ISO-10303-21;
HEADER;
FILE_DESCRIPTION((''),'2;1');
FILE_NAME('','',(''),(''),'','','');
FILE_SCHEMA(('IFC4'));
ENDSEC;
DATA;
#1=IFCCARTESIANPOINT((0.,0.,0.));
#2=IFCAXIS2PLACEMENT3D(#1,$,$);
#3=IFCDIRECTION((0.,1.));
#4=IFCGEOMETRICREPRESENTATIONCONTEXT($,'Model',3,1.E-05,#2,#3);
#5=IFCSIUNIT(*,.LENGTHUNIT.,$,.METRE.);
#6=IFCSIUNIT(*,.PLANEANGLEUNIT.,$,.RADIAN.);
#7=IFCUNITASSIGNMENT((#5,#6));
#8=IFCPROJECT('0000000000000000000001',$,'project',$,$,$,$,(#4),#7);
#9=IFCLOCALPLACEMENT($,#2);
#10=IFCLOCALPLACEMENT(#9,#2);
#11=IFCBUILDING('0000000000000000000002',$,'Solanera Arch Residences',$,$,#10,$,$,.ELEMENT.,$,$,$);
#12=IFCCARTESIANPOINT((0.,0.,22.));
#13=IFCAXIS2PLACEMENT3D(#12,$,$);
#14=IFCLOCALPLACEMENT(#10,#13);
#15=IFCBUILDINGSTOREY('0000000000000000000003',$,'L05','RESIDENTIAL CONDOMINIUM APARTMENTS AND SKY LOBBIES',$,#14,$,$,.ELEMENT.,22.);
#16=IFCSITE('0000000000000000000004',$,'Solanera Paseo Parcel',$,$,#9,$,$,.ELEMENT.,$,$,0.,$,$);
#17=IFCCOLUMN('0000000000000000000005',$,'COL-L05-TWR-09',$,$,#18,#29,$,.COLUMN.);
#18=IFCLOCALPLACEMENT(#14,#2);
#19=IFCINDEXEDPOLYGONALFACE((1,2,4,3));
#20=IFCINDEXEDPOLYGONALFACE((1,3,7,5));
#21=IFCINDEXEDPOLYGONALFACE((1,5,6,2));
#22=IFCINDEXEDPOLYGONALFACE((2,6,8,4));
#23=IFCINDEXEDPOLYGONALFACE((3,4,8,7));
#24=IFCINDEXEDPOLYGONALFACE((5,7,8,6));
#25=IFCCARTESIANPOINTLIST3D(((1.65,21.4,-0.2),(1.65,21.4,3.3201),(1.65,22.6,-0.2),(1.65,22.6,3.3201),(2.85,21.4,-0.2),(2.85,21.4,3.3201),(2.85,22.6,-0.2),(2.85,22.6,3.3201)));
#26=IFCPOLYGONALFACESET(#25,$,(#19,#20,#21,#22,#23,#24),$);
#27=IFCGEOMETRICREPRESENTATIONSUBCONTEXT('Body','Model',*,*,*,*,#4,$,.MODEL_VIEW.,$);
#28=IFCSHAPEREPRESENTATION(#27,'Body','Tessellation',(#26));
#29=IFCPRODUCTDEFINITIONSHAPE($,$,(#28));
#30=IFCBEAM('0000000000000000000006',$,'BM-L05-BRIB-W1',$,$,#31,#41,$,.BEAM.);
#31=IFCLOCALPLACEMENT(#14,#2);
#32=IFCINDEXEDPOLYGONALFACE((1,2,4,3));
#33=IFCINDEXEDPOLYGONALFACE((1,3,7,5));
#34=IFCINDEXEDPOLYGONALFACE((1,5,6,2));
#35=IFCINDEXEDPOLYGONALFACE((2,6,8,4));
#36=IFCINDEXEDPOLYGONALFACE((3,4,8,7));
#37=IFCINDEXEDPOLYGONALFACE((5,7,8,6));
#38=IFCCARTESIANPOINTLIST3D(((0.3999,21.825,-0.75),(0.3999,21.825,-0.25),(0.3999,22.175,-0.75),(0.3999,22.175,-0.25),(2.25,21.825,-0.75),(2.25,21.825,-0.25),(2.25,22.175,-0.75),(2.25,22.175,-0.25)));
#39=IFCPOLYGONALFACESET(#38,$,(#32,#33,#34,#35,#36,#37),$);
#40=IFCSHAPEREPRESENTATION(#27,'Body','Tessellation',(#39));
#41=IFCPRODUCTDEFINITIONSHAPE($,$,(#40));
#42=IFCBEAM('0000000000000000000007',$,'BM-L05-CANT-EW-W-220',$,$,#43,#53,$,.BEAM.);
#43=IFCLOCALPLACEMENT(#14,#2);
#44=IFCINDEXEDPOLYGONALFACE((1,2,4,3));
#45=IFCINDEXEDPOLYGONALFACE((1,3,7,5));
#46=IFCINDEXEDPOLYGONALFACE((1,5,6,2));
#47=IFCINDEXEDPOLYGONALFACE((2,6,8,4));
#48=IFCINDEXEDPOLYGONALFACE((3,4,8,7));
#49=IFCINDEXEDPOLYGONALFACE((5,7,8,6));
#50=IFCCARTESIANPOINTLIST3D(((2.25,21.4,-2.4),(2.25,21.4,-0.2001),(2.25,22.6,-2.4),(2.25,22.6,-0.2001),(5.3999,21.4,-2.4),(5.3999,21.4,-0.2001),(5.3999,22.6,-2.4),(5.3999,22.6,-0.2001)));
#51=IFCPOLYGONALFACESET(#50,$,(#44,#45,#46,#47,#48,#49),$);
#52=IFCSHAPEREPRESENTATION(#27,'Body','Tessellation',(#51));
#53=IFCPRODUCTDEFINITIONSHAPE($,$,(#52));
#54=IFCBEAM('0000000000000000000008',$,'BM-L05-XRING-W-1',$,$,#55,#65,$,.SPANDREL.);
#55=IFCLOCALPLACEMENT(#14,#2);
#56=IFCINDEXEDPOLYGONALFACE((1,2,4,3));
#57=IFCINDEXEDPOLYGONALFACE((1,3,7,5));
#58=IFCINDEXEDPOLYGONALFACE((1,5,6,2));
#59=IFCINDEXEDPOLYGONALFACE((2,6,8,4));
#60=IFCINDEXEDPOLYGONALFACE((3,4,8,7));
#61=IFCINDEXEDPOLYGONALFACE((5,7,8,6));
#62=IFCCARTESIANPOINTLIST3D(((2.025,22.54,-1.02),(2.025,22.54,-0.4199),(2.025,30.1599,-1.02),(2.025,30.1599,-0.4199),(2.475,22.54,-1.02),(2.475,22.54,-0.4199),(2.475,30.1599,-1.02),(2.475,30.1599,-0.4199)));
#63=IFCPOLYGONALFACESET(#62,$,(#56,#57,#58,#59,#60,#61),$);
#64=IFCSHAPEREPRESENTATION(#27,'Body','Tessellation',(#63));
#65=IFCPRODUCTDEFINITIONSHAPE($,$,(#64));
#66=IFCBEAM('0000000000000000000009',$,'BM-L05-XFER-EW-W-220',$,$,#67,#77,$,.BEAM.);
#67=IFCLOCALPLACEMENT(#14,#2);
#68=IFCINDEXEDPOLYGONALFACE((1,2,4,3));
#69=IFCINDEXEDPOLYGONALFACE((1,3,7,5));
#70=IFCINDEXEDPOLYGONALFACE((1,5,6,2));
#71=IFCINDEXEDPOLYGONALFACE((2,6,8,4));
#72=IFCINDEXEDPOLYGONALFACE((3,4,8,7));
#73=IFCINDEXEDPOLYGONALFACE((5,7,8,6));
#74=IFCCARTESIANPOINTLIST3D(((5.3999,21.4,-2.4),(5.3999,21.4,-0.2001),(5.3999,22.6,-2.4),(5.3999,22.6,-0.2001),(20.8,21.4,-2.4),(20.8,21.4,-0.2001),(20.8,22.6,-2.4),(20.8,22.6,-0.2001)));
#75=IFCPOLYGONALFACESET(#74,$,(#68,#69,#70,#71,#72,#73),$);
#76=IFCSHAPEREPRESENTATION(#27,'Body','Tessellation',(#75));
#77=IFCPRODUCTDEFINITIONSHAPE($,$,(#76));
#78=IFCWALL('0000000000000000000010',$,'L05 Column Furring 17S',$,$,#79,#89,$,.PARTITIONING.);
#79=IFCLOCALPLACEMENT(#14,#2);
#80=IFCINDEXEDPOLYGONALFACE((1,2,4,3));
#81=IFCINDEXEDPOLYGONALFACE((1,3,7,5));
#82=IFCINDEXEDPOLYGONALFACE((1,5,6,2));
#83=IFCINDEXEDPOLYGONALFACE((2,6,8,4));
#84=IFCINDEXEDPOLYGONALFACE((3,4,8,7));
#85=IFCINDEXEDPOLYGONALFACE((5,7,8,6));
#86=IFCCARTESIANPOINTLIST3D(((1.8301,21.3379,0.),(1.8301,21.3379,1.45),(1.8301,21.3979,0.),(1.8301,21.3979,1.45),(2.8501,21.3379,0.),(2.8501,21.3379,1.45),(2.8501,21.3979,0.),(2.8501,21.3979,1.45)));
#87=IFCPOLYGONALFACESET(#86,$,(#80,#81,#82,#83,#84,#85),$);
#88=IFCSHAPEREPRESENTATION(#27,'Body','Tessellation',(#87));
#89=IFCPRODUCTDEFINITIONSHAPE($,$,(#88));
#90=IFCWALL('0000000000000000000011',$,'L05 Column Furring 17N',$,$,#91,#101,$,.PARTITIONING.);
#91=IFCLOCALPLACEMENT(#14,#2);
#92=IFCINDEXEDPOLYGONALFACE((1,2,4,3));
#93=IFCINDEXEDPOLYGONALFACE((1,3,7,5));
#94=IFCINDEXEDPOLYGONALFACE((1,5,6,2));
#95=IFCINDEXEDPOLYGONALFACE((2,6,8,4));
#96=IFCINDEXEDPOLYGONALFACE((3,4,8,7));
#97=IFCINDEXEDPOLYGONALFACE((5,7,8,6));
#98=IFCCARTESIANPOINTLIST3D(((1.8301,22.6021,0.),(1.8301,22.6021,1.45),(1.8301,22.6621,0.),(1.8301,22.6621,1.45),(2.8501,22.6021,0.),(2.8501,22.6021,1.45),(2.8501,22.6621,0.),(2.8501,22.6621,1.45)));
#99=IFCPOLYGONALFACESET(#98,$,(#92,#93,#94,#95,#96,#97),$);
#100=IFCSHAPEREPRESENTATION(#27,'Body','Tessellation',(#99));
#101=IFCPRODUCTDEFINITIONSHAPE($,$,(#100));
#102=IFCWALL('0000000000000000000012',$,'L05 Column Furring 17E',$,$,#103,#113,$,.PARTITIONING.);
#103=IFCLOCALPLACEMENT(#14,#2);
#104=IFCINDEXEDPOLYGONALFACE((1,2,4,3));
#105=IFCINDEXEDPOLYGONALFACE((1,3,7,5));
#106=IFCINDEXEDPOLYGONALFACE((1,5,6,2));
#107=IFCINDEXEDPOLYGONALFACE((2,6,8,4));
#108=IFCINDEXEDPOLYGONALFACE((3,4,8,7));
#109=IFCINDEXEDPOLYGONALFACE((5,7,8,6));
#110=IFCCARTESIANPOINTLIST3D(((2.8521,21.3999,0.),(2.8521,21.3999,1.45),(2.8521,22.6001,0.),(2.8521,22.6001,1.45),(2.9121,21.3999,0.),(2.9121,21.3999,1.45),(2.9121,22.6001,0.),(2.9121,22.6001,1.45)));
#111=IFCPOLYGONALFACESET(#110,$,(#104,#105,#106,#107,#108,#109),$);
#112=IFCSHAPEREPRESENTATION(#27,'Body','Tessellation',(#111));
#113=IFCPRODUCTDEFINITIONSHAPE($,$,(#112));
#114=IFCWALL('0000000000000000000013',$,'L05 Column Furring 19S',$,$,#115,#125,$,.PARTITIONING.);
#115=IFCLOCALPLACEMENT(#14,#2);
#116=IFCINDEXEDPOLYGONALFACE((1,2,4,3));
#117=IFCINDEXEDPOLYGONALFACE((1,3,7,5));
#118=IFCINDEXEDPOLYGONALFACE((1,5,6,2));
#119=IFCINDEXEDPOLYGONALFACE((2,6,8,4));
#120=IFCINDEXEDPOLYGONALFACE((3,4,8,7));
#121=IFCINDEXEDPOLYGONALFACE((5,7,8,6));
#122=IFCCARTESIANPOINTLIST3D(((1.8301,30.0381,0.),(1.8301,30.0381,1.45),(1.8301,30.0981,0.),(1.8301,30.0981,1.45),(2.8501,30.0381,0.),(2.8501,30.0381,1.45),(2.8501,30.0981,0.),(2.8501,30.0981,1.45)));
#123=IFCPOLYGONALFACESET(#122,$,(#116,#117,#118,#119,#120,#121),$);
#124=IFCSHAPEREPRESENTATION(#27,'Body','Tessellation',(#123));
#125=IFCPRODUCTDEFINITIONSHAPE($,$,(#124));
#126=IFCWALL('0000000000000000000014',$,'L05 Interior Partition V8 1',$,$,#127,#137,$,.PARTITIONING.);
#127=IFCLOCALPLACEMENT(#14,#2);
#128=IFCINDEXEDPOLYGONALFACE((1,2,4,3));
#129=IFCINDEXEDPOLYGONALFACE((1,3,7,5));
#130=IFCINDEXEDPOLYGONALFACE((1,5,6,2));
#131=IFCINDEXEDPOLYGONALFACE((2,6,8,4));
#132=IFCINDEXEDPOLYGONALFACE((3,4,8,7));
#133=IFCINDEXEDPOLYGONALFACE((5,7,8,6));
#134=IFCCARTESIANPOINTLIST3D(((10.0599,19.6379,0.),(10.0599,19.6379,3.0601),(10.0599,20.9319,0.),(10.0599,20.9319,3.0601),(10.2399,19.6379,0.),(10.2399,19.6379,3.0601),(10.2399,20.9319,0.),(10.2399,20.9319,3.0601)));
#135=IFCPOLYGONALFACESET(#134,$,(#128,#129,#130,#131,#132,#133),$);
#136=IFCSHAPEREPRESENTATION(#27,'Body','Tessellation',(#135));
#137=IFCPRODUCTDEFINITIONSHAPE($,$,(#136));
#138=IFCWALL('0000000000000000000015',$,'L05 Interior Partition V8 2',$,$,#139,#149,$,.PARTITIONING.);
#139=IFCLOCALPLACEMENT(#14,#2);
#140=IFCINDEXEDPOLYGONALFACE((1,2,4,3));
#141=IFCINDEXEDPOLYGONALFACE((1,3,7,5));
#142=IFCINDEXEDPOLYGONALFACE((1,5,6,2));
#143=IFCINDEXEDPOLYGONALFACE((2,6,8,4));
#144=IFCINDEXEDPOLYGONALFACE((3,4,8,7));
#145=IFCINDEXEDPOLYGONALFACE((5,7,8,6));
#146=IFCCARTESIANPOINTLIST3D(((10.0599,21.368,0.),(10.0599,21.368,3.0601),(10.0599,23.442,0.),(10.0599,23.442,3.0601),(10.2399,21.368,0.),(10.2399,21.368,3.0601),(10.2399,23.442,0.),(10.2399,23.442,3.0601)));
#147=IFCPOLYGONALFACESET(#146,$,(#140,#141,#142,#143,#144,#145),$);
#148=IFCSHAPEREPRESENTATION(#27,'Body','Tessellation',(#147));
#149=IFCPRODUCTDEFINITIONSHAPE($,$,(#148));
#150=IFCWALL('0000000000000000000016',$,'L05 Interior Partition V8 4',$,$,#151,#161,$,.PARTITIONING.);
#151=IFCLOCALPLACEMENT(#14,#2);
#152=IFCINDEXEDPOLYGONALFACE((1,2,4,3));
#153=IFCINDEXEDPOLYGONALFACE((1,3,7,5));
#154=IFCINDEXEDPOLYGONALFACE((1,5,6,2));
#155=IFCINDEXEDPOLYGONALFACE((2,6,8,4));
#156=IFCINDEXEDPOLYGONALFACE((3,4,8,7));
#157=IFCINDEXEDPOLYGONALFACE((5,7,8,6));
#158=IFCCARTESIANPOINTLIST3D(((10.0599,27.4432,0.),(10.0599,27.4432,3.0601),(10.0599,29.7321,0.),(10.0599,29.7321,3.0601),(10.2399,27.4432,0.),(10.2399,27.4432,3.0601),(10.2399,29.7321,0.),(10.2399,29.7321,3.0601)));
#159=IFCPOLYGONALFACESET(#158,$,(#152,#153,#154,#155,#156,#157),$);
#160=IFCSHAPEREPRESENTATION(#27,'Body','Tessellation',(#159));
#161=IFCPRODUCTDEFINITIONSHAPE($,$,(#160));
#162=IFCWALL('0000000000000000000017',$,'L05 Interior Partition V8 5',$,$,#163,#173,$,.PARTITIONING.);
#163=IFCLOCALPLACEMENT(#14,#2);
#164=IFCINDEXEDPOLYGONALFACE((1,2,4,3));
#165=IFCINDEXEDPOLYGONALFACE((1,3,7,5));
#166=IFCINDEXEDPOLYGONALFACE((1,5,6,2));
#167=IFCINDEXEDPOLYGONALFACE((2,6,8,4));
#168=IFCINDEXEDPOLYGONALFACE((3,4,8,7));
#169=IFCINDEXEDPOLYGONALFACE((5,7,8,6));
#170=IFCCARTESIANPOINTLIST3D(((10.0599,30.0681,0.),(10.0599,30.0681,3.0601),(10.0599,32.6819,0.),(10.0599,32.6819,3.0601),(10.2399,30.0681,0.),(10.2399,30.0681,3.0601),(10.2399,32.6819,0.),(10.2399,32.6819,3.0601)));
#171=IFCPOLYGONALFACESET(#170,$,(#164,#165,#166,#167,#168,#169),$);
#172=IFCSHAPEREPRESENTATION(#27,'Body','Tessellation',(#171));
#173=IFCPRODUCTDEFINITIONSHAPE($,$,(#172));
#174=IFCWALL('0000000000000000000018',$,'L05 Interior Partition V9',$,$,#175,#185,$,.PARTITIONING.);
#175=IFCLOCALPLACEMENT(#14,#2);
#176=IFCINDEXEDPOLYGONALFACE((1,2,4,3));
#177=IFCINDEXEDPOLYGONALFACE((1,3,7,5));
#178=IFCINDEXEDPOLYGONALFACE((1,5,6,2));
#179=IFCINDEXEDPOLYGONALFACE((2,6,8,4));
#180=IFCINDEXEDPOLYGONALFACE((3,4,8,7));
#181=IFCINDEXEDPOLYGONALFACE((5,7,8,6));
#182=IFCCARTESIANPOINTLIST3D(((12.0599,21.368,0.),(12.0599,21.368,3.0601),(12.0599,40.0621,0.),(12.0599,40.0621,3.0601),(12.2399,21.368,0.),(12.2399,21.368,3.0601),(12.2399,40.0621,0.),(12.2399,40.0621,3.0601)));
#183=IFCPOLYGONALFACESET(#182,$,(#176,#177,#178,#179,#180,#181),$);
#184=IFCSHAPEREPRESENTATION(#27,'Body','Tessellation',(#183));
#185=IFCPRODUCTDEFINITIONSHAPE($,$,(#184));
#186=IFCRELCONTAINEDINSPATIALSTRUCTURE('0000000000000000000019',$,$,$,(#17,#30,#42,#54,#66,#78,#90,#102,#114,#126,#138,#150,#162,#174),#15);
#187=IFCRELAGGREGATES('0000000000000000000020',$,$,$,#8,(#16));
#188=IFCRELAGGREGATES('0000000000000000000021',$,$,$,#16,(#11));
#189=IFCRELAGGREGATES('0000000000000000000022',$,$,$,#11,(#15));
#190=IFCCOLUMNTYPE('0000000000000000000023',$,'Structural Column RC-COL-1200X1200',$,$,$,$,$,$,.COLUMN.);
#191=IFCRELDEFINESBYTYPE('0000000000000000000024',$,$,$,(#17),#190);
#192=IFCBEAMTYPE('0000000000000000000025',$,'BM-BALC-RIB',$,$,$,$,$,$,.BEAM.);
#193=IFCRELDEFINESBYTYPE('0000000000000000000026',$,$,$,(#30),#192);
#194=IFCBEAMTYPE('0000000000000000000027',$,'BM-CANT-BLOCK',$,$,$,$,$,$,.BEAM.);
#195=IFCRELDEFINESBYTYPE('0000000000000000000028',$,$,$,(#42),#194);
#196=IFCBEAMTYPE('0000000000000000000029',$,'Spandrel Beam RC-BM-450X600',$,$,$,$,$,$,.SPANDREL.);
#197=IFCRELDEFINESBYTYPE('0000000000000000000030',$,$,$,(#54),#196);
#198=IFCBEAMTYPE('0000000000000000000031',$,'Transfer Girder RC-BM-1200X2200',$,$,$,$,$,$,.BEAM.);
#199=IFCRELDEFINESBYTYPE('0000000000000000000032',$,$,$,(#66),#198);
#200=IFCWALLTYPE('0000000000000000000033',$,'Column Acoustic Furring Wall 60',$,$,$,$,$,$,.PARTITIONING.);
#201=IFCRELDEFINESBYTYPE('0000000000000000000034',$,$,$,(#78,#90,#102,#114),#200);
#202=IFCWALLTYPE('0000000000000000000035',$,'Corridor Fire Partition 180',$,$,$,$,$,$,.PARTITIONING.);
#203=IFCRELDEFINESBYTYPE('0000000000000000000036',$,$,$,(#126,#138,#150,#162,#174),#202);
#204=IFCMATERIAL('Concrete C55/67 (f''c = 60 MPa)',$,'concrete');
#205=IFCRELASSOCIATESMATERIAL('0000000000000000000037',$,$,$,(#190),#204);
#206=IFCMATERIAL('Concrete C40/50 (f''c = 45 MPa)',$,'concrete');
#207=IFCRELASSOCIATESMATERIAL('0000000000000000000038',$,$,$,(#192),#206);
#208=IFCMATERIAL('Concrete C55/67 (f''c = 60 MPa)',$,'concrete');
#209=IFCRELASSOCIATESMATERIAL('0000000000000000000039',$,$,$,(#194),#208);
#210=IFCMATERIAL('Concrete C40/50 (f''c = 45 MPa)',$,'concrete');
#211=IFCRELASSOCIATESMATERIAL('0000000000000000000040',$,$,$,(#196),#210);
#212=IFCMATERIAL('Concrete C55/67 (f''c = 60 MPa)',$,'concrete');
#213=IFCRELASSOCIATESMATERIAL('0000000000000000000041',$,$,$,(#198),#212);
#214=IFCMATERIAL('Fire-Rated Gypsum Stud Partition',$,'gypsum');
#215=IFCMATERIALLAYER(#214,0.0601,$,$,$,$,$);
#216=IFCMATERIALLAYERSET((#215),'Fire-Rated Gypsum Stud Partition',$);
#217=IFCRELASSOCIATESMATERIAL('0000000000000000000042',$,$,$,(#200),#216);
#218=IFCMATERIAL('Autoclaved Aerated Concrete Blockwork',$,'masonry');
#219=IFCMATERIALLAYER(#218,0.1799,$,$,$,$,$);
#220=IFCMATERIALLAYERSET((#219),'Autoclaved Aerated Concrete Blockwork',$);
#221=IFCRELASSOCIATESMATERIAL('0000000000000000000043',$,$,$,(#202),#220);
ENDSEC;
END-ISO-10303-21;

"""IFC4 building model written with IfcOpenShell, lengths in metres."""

from ifc_helpers import new_model, si_unit, direction, frame, frame_2d, origin, origin_2d, place, context, subcontext, project, spatial, rectangle, extrude, material, layer, layer_set, material_profile, profile_set, type_object, element, save


model = new_model("IFC4")

# Units and contexts
model_context = context("Model", 3, precision=1e-05, world=origin(), true_north=direction((0.0, 1.0)))
body_context = subcontext(model_context, "Body", "Model", "MODEL_VIEW")
ifc_project = project(units=[si_unit("LENGTHUNIT", "METRE"), si_unit("PLANEANGLEUNIT", "RADIAN")], contexts=[model_context])

# Site, building, storey
site_placement = place(None, origin())
site = spatial("IfcSite", under=ifc_project, at=site_placement, Name="Solanera Paseo Parcel", CompositionType="ELEMENT", RefElevation=0.0)
building_placement = place(site_placement, origin())
building = spatial("IfcBuilding", under=site, at=building_placement, Name="Solanera Arch Residences", CompositionType="ELEMENT")
storey_placement = place(building_placement, frame((0.0, 0.0, 22.0)))
storey = spatial("IfcBuildingStorey", under=building, at=storey_placement, Name="L05", Description="RESIDENTIAL CONDOMINIUM APARTMENTS AND SKY LOBBIES", CompositionType="ELEMENT", Elevation=22.0)

# Column
ifc_material_1 = material(Name="Concrete C55/67 (f'c = 60 MPa)", Category="concrete")
ifc_material_profile_1 = material_profile(ifc_material_1, rectangle(XDim=1.2, YDim=1.2, at=origin_2d()))
ifc_profile_set_1 = profile_set([ifc_material_profile_1], Name="Concrete C55/67 (f'c = 60 MPa)")
column_type = type_object("IfcColumnType", Name="Structural Column RC-COL-1200X1200", PredefinedType="COLUMN", material=ifc_profile_set_1)
column_placement = place(storey_placement, frame((2.25, 22.0, -0.2), z_axis=(0.0, 0.0, 1.0), x_axis=(1.0, 0.0, 0.0)))
element("IfcColumn", 1, at=column_placement, inside=storey, type_object=column_type, Name="COL-L05-TWR-09", PredefinedType="COLUMN", context=body_context, shape_type="SweptSolid", body=[
    extrude(rectangle(XDim=1.2, YDim=1.2, at=origin_2d()), origin(), (0.0, 0.0, 1.0), 3.52),
])

# Beams
ifc_material_2 = material(Name="Concrete C40/50 (f'c = 45 MPa)", Category="concrete")
ifc_material_profile_2 = material_profile(ifc_material_2, rectangle(XDim=0.3501, YDim=0.5, at=origin_2d()))
ifc_profile_set_2 = profile_set([ifc_material_profile_2], Name="Concrete C40/50 (f'c = 45 MPa)")
beam_type_1 = type_object("IfcBeamType", Name="BM-BALC-RIB", PredefinedType="BEAM", material=ifc_profile_set_2)
beam_1_placement = place(storey_placement, frame((0.3999, 22.0, -0.5), z_axis=(1.0, 0.0, 0.0), x_axis=(0.0, 1.0, 0.0)))
element("IfcBeam", 2, at=beam_1_placement, inside=storey, type_object=beam_type_1, Name="BM-L05-BRIB-W1", PredefinedType="BEAM", context=body_context, shape_type="SweptSolid", body=[
    extrude(rectangle(XDim=0.3501, YDim=0.5, at=origin_2d()), origin(), (0.0, 0.0, 1.0), 1.8501),
])
ifc_material_3 = material(Name="Concrete C55/67 (f'c = 60 MPa)", Category="concrete")
ifc_material_profile_3 = material_profile(ifc_material_3, rectangle(XDim=1.2, YDim=2.2, at=origin_2d()))
ifc_profile_set_3 = profile_set([ifc_material_profile_3], Name="Concrete C55/67 (f'c = 60 MPa)")
beam_type_2 = type_object("IfcBeamType", Name="BM-CANT-BLOCK", PredefinedType="BEAM", material=ifc_profile_set_3)
beam_2_placement = place(storey_placement, frame((2.25, 22.0, -1.3), z_axis=(1.0, 0.0, 0.0), x_axis=(0.0, 1.0, 0.0)))
element("IfcBeam", 3, at=beam_2_placement, inside=storey, type_object=beam_type_2, Name="BM-L05-CANT-EW-W-220", PredefinedType="BEAM", context=body_context, shape_type="SweptSolid", body=[
    extrude(rectangle(XDim=1.2, YDim=2.2, at=origin_2d()), origin(), (0.0, 0.0, 1.0), 3.1499),
])
ifc_material_4 = material(Name="Concrete C40/50 (f'c = 45 MPa)", Category="concrete")
ifc_material_profile_4 = material_profile(ifc_material_4, rectangle(XDim=0.45, YDim=0.6001, at=origin_2d()))
ifc_profile_set_4 = profile_set([ifc_material_profile_4], Name="Concrete C40/50 (f'c = 45 MPa)")
beam_type_3 = type_object("IfcBeamType", Name="Spandrel Beam RC-BM-450X600", PredefinedType="SPANDREL", material=ifc_profile_set_4)
beam_3_placement = place(storey_placement, frame((2.25, 22.54, -0.72), z_axis=(0.0, 1.0, 0.0), x_axis=(-1.0, 0.0, 0.0)))
element("IfcBeam", 4, at=beam_3_placement, inside=storey, type_object=beam_type_3, Name="BM-L05-XRING-W-1", PredefinedType="SPANDREL", context=body_context, shape_type="SweptSolid", body=[
    extrude(rectangle(XDim=0.45, YDim=0.6001, at=origin_2d()), origin(), (0.0, 0.0, 1.0), 7.6199),
])
ifc_material_5 = material(Name="Concrete C55/67 (f'c = 60 MPa)", Category="concrete")
ifc_material_profile_5 = material_profile(ifc_material_5, rectangle(XDim=1.2, YDim=2.2, at=origin_2d()))
ifc_profile_set_5 = profile_set([ifc_material_profile_5], Name="Concrete C55/67 (f'c = 60 MPa)")
beam_type_4 = type_object("IfcBeamType", Name="Transfer Girder RC-BM-1200X2200", PredefinedType="BEAM", material=ifc_profile_set_5)
beam_4_placement = place(storey_placement, frame((5.3999, 22.0, -1.3), z_axis=(1.0, 0.0, 0.0), x_axis=(0.0, 1.0, 0.0)))
element("IfcBeam", 5, at=beam_4_placement, inside=storey, type_object=beam_type_4, Name="BM-L05-XFER-EW-W-220", PredefinedType="BEAM", context=body_context, shape_type="SweptSolid", body=[
    extrude(rectangle(XDim=1.2, YDim=2.2, at=origin_2d()), origin(), (0.0, 0.0, 1.0), 15.4001),
])

# Walls
ifc_material_6 = material(Name="Fire-Rated Gypsum Stud Partition", Category="gypsum")
ifc_layer_1 = layer(ifc_material_6, 0.0601)
ifc_layer_set_1 = layer_set([ifc_layer_1], Name="Fire-Rated Gypsum Stud Partition")
wall_type_1 = type_object("IfcWallType", Name="Column Acoustic Furring Wall 60", PredefinedType="PARTITIONING", material=ifc_layer_set_1)
for number, where, z_axis, x_axis, name in (
    (6, (1.8301, 21.3679, 0.0), (0.0, 0.0, 1.0), (1.0, 0.0, 0.0), "L05 Column Furring 17S"),
    (7, (1.8301, 22.6321, 0.0), (0.0, 0.0, 1.0), (1.0, 0.0, 0.0), "L05 Column Furring 17N"),
):
    element("IfcWall", number, at=place(storey_placement, frame(where, z_axis=z_axis, x_axis=x_axis)), inside=storey, type_object=wall_type_1, Name=name, PredefinedType="PARTITIONING", context=body_context, shape_type="SweptSolid", body=[
        extrude(rectangle(XDim=1.02, YDim=0.0601, at=frame_2d((0.51, 0.0))), origin(), (0.0, 0.0, 1.0), 1.45),
    ])
wall_1_placement = place(storey_placement, frame((2.8821, 21.3999, 0.0), z_axis=(0.0, 0.0, 1.0), x_axis=(0.0, 1.0, 0.0)))
element("IfcWall", 8, at=wall_1_placement, inside=storey, type_object=wall_type_1, Name="L05 Column Furring 17E", PredefinedType="PARTITIONING", context=body_context, shape_type="SweptSolid", body=[
    extrude(rectangle(XDim=1.2002, YDim=0.0601, at=frame_2d((0.6001, 0.0))), origin(), (0.0, 0.0, 1.0), 1.45),
])
wall_2_placement = place(storey_placement, frame((1.8301, 30.0681, 0.0), z_axis=(0.0, 0.0, 1.0), x_axis=(1.0, 0.0, 0.0)))
element("IfcWall", 9, at=wall_2_placement, inside=storey, type_object=wall_type_1, Name="L05 Column Furring 19S", PredefinedType="PARTITIONING", context=body_context, shape_type="SweptSolid", body=[
    extrude(rectangle(XDim=1.02, YDim=0.0601, at=frame_2d((0.51, 0.0))), origin(), (0.0, 0.0, 1.0), 1.45),
])
ifc_material_7 = material(Name="Autoclaved Aerated Concrete Blockwork", Category="masonry")
ifc_layer_2 = layer(ifc_material_7, 0.1799)
ifc_layer_set_2 = layer_set([ifc_layer_2], Name="Autoclaved Aerated Concrete Blockwork")
wall_type_2 = type_object("IfcWallType", Name="Corridor Fire Partition 180", PredefinedType="PARTITIONING", material=ifc_layer_set_2)
wall_3_placement = place(storey_placement, frame((10.1499, 19.6379, 0.0), z_axis=(0.0, 0.0, 1.0), x_axis=(0.0, 1.0, 0.0)))
element("IfcWall", 10, at=wall_3_placement, inside=storey, type_object=wall_type_2, Name="L05 Interior Partition V8 1", PredefinedType="PARTITIONING", context=body_context, shape_type="SweptSolid", body=[
    extrude(rectangle(XDim=1.2939, YDim=0.1799, at=frame_2d((0.647, 0.0))), origin(), (0.0, 0.0, 1.0), 3.0601),
])
wall_4_placement = place(storey_placement, frame((10.1499, 21.3679, 0.0), z_axis=(0.0, 0.0, 1.0), x_axis=(0.0, 1.0, 0.0)))
element("IfcWall", 11, at=wall_4_placement, inside=storey, type_object=wall_type_2, Name="L05 Interior Partition V8 2", PredefinedType="PARTITIONING", context=body_context, shape_type="SweptSolid", body=[
    extrude(rectangle(XDim=2.074, YDim=0.1799, at=frame_2d((1.0371, 0.0))), origin(), (0.0, 0.0, 1.0), 3.0601),
])

# Walls
wall_5_placement = place(storey_placement, frame((10.1499, 27.4431, 0.0), z_axis=(0.0, 0.0, 1.0), x_axis=(0.0, 1.0, 0.0)))
element("IfcWall", 12, at=wall_5_placement, inside=storey, type_object=wall_type_2, Name="L05 Interior Partition V8 4", PredefinedType="PARTITIONING", context=body_context, shape_type="SweptSolid", body=[
    extrude(rectangle(XDim=2.2888, YDim=0.1799, at=frame_2d((1.1445, 0.0))), origin(), (0.0, 0.0, 1.0), 3.0601),
])
wall_6_placement = place(storey_placement, frame((10.1499, 30.0681, 0.0), z_axis=(0.0, 0.0, 1.0), x_axis=(0.0, 1.0, 0.0)))
element("IfcWall", 13, at=wall_6_placement, inside=storey, type_object=wall_type_2, Name="L05 Interior Partition V8 5", PredefinedType="PARTITIONING", context=body_context, shape_type="SweptSolid", body=[
    extrude(rectangle(XDim=2.6138, YDim=0.1799, at=frame_2d((1.3069, 0.0))), origin(), (0.0, 0.0, 1.0), 3.0601),
])
wall_7_placement = place(storey_placement, frame((12.1499, 21.3679, 0.0), z_axis=(0.0, 0.0, 1.0), x_axis=(0.0, 1.0, 0.0)))
element("IfcWall", 14, at=wall_7_placement, inside=storey, type_object=wall_type_2, Name="L05 Interior Partition V9", PredefinedType="PARTITIONING", context=body_context, shape_type="SweptSolid", body=[
    extrude(rectangle(XDim=18.6941, YDim=0.1799, at=frame_2d((9.3472, 0.0))), origin(), (0.0, 0.0, 1.0), 3.0601),
])

save(model, "model.ifc")
